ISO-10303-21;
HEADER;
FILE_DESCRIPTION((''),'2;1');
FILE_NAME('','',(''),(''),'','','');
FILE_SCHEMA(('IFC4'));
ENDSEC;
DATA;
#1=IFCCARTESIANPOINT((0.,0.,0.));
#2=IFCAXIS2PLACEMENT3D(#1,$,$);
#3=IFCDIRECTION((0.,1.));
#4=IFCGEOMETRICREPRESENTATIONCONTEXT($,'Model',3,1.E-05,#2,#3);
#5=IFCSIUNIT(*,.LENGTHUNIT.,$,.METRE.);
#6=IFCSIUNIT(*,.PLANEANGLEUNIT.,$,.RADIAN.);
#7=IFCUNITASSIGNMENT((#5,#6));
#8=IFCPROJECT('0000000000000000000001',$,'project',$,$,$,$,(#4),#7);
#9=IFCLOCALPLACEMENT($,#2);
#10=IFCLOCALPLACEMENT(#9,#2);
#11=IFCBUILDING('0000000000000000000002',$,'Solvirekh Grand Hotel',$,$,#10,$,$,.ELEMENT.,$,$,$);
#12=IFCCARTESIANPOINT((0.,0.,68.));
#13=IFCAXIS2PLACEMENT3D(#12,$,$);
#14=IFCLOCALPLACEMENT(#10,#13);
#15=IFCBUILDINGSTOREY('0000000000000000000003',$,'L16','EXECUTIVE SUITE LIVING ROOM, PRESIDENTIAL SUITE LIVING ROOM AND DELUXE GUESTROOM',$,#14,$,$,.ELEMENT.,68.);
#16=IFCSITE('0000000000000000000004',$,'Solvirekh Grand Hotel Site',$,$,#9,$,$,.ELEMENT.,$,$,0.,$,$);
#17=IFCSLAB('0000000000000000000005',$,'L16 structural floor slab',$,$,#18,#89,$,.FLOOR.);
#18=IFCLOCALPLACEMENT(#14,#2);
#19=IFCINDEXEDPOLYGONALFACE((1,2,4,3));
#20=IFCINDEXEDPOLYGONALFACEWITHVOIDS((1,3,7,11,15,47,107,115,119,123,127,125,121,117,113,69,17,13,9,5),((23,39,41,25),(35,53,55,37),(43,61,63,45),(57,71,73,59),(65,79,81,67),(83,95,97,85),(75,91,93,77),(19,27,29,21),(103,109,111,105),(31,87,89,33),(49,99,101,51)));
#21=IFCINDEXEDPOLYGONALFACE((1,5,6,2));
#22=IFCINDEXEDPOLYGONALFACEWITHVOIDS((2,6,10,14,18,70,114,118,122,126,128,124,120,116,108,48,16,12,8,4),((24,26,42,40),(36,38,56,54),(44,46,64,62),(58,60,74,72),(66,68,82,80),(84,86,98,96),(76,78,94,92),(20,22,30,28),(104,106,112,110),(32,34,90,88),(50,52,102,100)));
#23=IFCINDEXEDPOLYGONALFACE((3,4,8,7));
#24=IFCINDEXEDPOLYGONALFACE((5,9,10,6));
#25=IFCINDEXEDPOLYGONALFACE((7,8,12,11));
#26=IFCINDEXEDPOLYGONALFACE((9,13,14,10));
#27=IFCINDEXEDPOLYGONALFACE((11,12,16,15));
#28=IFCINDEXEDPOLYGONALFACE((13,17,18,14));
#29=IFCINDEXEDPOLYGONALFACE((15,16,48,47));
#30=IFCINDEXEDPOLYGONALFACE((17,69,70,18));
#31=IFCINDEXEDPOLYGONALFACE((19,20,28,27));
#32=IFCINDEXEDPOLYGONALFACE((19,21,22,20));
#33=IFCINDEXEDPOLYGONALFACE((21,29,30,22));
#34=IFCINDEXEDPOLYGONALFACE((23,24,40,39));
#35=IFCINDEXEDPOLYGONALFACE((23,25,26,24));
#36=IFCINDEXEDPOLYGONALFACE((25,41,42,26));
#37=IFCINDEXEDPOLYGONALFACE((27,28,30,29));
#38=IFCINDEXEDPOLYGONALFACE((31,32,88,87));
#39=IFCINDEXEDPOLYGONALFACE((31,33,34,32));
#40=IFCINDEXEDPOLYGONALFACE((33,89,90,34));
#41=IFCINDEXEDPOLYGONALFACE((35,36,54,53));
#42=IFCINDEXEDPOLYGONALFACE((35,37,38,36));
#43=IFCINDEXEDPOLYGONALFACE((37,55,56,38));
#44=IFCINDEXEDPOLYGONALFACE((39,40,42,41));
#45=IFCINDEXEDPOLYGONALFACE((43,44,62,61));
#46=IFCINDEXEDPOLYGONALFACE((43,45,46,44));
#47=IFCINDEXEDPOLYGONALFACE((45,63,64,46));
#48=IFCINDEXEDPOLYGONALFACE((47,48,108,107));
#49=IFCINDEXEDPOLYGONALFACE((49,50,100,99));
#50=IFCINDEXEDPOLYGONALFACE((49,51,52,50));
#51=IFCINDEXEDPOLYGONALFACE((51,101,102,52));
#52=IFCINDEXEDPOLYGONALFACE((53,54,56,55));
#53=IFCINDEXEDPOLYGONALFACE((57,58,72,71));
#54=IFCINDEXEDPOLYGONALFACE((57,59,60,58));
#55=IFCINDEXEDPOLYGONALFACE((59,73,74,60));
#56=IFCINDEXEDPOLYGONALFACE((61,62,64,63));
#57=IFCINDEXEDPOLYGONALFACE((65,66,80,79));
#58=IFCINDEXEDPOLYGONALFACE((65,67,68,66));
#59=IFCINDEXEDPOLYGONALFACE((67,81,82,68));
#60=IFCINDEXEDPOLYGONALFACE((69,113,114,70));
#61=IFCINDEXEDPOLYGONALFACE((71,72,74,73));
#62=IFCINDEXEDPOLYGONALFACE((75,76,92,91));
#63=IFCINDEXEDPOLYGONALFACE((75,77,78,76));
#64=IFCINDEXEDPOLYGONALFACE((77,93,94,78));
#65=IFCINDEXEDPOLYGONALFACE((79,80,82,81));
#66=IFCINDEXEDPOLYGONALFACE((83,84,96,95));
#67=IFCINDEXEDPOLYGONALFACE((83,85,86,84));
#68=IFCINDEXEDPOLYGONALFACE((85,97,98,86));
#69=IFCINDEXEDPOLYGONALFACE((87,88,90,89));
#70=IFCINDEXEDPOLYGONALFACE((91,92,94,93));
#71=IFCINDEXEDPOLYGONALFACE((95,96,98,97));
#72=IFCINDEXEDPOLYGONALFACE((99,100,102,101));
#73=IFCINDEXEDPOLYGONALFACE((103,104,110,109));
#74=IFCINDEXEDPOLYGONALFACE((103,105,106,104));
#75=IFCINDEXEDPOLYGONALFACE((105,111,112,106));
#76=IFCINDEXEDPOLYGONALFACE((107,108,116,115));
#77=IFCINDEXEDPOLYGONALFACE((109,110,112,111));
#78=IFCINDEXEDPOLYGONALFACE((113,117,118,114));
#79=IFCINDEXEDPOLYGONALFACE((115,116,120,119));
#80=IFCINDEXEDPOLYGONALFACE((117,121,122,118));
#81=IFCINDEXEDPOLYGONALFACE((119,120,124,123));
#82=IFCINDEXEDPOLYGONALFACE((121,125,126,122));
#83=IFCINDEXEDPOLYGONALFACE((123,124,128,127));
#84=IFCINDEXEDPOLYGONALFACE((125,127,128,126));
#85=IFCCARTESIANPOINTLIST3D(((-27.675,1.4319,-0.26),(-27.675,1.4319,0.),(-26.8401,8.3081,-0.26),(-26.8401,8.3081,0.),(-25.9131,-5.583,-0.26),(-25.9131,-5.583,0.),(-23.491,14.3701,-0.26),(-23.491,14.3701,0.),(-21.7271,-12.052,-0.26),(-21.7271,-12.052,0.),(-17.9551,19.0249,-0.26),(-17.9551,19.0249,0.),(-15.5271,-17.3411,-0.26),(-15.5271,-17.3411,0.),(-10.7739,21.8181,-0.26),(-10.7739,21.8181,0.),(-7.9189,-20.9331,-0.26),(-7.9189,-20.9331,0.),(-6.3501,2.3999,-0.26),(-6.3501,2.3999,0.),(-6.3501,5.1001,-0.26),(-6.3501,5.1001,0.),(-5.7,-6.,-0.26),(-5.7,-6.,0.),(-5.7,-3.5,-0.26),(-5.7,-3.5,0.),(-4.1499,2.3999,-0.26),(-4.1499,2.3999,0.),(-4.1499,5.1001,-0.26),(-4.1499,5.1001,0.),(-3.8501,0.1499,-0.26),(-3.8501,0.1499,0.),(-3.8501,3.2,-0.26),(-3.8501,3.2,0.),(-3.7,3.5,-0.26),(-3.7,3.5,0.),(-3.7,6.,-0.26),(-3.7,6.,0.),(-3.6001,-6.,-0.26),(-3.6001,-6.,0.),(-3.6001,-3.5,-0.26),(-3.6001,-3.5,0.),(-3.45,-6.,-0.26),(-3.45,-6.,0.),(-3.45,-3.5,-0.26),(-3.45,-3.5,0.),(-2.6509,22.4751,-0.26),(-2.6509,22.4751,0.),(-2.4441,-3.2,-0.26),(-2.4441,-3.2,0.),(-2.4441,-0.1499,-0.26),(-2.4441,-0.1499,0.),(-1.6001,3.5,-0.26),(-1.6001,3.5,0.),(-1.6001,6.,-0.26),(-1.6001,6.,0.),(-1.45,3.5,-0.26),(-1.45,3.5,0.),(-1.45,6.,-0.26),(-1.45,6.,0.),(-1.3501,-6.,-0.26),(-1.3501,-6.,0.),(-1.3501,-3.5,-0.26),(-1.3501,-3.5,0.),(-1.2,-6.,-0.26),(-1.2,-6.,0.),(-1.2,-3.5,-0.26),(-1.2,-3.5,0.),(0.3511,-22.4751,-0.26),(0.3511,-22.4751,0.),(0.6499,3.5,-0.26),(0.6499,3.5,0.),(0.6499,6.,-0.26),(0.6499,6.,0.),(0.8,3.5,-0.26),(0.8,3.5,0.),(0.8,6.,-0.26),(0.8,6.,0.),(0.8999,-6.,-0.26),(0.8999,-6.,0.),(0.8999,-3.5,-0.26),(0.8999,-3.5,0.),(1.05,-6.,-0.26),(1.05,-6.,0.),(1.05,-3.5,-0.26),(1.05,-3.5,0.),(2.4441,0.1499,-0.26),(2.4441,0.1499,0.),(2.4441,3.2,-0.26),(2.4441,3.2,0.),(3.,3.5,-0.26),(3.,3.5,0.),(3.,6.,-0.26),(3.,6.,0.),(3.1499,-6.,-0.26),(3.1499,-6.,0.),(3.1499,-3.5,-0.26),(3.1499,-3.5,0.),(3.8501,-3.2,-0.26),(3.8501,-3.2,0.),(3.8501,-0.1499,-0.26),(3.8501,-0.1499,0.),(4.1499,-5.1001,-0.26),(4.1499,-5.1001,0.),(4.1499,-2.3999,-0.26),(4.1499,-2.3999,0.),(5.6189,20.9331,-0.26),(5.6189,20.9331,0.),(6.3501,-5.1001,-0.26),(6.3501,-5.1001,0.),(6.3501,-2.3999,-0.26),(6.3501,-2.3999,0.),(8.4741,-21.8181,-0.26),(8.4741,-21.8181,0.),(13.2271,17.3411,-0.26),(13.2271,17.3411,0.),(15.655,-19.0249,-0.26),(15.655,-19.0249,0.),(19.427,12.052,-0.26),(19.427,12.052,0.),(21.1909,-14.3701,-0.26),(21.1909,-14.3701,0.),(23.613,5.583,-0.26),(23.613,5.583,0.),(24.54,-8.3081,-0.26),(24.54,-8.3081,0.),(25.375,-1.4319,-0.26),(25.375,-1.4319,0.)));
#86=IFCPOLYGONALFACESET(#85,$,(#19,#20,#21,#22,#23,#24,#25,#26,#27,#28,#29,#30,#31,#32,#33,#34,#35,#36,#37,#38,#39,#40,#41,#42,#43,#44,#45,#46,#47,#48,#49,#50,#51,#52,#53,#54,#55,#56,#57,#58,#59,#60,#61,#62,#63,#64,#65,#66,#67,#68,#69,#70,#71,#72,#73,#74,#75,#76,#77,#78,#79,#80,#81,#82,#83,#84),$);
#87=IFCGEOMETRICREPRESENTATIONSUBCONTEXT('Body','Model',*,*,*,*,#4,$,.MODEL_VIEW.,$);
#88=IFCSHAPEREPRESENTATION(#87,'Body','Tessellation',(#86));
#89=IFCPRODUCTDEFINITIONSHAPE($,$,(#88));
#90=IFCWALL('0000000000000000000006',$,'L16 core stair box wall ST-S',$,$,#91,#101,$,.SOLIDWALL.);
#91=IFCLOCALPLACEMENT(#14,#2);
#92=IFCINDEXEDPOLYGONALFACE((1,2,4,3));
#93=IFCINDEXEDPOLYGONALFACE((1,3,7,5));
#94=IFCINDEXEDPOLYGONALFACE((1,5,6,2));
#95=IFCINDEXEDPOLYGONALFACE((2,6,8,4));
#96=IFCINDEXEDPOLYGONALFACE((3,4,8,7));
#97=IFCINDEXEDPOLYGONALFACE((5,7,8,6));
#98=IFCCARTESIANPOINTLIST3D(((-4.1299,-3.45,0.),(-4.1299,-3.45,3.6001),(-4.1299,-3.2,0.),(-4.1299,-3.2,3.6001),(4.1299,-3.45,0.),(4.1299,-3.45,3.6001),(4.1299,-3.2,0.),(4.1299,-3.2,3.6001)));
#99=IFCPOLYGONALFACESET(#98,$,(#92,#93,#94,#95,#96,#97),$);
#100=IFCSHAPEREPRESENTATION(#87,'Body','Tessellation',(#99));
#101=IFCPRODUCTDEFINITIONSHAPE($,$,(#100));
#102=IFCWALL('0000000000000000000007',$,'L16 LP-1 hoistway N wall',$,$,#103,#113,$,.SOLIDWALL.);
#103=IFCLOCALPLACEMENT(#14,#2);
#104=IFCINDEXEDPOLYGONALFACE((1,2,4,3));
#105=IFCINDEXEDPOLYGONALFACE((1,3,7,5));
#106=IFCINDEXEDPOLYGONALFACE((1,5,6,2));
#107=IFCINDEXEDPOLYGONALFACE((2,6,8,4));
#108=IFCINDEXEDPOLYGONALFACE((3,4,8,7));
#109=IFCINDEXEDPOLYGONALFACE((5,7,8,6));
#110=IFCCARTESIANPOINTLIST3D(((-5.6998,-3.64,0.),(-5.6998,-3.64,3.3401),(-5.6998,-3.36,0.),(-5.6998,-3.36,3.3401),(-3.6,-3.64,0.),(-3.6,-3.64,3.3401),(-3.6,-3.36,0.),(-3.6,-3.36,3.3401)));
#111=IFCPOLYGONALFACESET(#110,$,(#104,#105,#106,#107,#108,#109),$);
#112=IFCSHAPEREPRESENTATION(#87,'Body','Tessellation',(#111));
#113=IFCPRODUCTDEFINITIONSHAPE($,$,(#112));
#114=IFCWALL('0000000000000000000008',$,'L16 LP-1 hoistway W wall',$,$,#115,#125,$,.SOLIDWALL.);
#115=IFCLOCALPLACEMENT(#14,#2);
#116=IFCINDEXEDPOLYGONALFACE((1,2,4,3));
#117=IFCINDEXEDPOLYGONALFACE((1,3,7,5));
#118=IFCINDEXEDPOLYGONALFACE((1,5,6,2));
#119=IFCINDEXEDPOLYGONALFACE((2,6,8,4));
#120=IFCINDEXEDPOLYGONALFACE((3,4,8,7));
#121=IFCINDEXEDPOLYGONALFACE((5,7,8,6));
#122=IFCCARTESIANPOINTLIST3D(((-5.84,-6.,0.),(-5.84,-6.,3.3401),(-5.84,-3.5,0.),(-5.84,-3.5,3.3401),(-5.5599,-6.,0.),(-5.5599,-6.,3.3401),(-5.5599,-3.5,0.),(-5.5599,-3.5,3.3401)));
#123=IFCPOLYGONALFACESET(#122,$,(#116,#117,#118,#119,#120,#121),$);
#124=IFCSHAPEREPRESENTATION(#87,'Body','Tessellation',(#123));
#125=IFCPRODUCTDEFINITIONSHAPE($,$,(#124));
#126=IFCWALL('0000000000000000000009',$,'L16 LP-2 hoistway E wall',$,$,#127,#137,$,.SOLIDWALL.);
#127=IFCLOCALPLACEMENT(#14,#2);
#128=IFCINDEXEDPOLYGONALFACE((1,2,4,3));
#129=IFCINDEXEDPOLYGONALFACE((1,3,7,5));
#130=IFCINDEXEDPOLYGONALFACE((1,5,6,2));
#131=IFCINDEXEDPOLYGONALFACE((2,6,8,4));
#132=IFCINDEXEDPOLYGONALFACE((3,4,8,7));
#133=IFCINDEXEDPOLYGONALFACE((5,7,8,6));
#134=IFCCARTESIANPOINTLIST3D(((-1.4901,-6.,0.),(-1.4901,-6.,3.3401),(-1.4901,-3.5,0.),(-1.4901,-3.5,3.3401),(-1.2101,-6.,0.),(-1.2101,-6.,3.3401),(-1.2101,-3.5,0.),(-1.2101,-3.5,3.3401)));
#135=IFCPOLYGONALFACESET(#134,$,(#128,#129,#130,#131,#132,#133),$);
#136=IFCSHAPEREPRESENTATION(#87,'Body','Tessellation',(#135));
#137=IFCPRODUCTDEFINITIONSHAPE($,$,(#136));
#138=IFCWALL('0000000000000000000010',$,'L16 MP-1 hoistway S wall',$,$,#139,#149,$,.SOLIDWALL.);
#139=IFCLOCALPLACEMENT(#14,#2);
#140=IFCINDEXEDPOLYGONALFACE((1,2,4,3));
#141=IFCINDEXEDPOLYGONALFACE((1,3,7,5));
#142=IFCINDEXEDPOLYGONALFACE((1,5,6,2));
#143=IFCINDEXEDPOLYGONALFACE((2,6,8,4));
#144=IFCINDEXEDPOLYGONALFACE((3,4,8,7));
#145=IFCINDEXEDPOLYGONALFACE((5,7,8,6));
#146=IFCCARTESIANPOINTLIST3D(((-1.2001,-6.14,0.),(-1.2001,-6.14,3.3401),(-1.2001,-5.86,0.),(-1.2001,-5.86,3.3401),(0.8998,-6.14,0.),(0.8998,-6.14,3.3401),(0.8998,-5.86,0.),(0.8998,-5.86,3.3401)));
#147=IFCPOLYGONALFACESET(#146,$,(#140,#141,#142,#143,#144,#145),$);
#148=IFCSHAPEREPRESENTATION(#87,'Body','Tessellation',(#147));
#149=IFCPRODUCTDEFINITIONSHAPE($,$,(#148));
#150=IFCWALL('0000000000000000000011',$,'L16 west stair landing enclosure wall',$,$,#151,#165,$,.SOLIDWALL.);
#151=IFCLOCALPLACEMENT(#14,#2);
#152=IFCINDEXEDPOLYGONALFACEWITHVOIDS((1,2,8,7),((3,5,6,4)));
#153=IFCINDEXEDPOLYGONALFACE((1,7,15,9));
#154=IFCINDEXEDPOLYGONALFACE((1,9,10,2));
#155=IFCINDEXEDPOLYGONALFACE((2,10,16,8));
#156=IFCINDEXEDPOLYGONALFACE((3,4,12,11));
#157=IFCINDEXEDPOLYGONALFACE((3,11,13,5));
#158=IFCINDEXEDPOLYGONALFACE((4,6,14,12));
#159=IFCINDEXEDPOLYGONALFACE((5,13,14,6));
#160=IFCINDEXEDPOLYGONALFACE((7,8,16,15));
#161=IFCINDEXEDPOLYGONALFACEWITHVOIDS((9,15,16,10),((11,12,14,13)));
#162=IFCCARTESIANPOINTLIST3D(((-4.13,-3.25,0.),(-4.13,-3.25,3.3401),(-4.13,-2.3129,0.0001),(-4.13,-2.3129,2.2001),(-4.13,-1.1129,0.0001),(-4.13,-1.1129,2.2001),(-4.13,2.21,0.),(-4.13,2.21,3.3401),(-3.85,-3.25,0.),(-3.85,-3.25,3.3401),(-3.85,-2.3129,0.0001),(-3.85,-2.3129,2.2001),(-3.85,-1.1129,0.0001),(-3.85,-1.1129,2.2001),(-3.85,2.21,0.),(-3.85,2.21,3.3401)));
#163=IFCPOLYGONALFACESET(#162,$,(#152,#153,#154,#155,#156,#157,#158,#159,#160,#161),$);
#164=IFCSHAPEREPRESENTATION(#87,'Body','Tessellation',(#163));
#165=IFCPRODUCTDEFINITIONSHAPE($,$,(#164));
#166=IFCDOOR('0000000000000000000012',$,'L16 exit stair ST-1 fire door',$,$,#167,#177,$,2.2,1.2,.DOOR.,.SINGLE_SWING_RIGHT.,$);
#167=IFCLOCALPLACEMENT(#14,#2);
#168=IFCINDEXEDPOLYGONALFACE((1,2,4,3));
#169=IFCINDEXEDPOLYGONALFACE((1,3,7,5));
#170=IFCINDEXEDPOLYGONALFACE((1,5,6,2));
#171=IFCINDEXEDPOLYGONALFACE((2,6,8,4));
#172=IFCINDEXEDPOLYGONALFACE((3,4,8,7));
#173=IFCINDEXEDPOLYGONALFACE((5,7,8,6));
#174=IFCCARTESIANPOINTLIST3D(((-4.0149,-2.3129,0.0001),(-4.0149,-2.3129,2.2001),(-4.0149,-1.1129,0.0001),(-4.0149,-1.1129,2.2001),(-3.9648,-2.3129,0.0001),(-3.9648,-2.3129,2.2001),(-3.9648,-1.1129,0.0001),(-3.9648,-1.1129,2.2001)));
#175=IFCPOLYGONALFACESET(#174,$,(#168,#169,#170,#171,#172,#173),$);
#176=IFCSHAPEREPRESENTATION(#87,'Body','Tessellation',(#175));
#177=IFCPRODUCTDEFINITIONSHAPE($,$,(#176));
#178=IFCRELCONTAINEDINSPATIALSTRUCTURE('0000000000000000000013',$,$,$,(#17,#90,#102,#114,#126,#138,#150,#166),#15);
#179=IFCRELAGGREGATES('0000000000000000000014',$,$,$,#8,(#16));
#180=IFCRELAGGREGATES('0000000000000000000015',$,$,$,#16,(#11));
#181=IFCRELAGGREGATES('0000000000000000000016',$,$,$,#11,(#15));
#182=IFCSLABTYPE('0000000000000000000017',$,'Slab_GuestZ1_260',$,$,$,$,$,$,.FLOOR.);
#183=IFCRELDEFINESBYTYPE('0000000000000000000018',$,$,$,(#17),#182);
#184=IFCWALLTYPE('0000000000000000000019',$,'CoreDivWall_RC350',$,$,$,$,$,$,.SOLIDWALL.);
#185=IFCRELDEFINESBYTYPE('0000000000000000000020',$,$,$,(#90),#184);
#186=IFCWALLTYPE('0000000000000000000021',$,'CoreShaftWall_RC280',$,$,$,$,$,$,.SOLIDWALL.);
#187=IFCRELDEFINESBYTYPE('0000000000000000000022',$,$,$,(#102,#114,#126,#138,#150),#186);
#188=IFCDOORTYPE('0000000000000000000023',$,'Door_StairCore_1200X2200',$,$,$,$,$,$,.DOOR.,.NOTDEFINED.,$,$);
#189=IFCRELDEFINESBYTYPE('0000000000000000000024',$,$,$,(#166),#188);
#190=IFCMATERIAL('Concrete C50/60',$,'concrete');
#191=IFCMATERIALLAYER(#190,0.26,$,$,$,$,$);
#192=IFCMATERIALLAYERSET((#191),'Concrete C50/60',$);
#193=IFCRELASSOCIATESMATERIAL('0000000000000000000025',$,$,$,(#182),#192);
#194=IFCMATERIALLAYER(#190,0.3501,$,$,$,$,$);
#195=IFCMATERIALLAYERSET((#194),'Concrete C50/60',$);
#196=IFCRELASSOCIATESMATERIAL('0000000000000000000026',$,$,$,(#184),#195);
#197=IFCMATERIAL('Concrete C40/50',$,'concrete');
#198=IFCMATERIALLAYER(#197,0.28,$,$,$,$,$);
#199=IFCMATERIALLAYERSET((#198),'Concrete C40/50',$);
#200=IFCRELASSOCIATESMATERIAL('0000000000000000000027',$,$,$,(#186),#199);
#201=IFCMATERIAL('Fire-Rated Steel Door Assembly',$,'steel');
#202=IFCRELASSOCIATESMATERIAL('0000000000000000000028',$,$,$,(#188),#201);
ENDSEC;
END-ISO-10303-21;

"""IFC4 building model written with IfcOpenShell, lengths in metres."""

from ifc_helpers import new_model, si_unit, direction, frame, frame_2d, origin, place, context, subcontext, project, spatial, polyline, rectangle, outline, extrude, material, layer, layer_set, type_object, element, fill, save


model = new_model("IFC4")

# Units and contexts
model_context = context("Model", 3, precision=1e-05, world=origin(), true_north=direction((0.0, 1.0)))
body_context = subcontext(model_context, "Body", "Model", "MODEL_VIEW")
ifc_project = project(units=[si_unit("LENGTHUNIT", "METRE"), si_unit("PLANEANGLEUNIT", "RADIAN")], contexts=[model_context])

# Site, building, storey
site_placement = place(None, origin())
site = spatial("IfcSite", under=ifc_project, at=site_placement, Name="Solvirekh Grand Hotel Site", CompositionType="ELEMENT", RefElevation=0.0)
building_placement = place(site_placement, origin())
building = spatial("IfcBuilding", under=site, at=building_placement, Name="Solvirekh Grand Hotel", CompositionType="ELEMENT")
storey_placement = place(building_placement, frame((0.0, 0.0, 68.0)))
storey = spatial("IfcBuildingStorey", under=building, at=storey_placement, Name="L16", Description="EXECUTIVE SUITE LIVING ROOM, PRESIDENTIAL SUITE LIVING ROOM AND DELUXE GUESTROOM", CompositionType="ELEMENT", Elevation=68.0)

# Slab
ifc_material_1 = material(Name="Concrete C50/60", Category="concrete")
ifc_layer_1 = layer(ifc_material_1, 0.26)
ifc_layer_set_1 = layer_set([ifc_layer_1], Name="Concrete C50/60")
slab_type = type_object("IfcSlabType", Name="Slab_GuestZ1_260", PredefinedType="FLOOR", material=ifc_layer_set_1)
slab_placement = place(storey_placement, frame((0.0, 0.0, -0.26)))
element("IfcSlab", 1, at=slab_placement, inside=storey, type_object=slab_type, Name="L16 structural floor slab", PredefinedType="FLOOR", context=body_context, shape_type="SweptSolid", body=[
    extrude(outline(polyline([(24.54, -8.3081), (25.375, -1.4319), (23.613, 5.583), (19.427, 12.052), (13.2271, 17.3411), (5.6189, 20.9331), (-2.6509, 22.4751), (-10.7739, 21.8181), (-17.9551, 19.0249), (-23.491, 14.3701), (-26.8401, 8.3081), (-27.675, 1.4319), (-25.9131, -5.583), (-21.7271, -12.052), (-15.5271, -17.3411), (-7.9189, -20.9331), (0.3511, -22.4751), (8.4741, -21.8181), (15.655, -19.0249), (21.1909, -14.3701), (24.54, -8.3081)]), holes=[polyline([(-2.4441, -0.1499), (3.8501, -0.1499), (3.8501, -3.2), (-2.4441, -3.2), (-2.4441, -0.1499)]), polyline([(2.4441, 0.1499), (-3.8501, 0.1499), (-3.8501, 3.2), (2.4441, 3.2), (2.4441, 0.1499)]), polyline([(-5.7, -3.5), (-3.6001, -3.5), (-3.6001, -6.0), (-5.7, -6.0), (-5.7, -3.5)]), polyline([(-3.45, -3.5), (-1.3501, -3.5), (-1.3501, -6.0), (-3.45, -6.0), (-3.45, -3.5)]), polyline([(-1.2, -3.5), (0.8999, -3.5), (0.8999, -6.0), (-1.2, -6.0), (-1.2, -3.5)]), polyline([(1.05, -3.5), (3.1499, -3.5), (3.1499, -6.0), (1.05, -6.0), (1.05, -3.5)]), polyline([(-3.7, 6.0), (-1.6001, 6.0), (-1.6001, 3.5), (-3.7, 3.5), (-3.7, 6.0)]), polyline([(-1.45, 6.0), (0.6499, 6.0), (0.6499, 3.5), (-1.45, 3.5), (-1.45, 6.0)]), polyline([(0.8, 6.0), (3.0, 6.0), (3.0, 3.5), (0.8, 3.5), (0.8, 6.0)]), polyline([(-6.3501, 5.1001), (-4.1499, 5.1001), (-4.1499, 2.3999), (-6.3501, 2.3999), (-6.3501, 5.1001)]), polyline([(4.1499, -2.3999), (6.3501, -2.3999), (6.3501, -5.1001), (4.1499, -5.1001), (4.1499, -2.3999)])]), origin(), (0.0, 0.0, 1.0), 0.26),
])

# Walls
ifc_layer_2 = layer(ifc_material_1, 0.3501)
ifc_layer_set_2 = layer_set([ifc_layer_2], Name="Concrete C50/60")
wall_type_1 = type_object("IfcWallType", Name="CoreDivWall_RC350", PredefinedType="SOLIDWALL", material=ifc_layer_set_2)
wall_1_placement = place(storey_placement, frame((-4.1299, -3.325, 0.0), z_axis=(0.0, 0.0, 1.0), x_axis=(1.0, 0.0, 0.0)))
element("IfcWall", 2, at=wall_1_placement, inside=storey, type_object=wall_type_1, Name="L16 core stair box wall ST-S", PredefinedType="SOLIDWALL", context=body_context, shape_type="SweptSolid", body=[
    extrude(rectangle(XDim=8.2598, YDim=0.25, at=frame_2d((4.1299, 0.0))), origin(), (0.0, 0.0, 1.0), 3.6001),
])
ifc_material_2 = material(Name="Concrete C40/50", Category="concrete")
ifc_layer_3 = layer(ifc_material_2, 0.28)
ifc_layer_set_3 = layer_set([ifc_layer_3], Name="Concrete C40/50")
wall_type_2 = type_object("IfcWallType", Name="CoreShaftWall_RC280", PredefinedType="SOLIDWALL", material=ifc_layer_set_3)
wall_2_placement = place(storey_placement, frame((-3.6001, -3.5, 0.0), z_axis=(0.0, 0.0, 1.0), x_axis=(-1.0, 0.0, 0.0)))
element("IfcWall", 3, at=wall_2_placement, inside=storey, type_object=wall_type_2, Name="L16 LP-1 hoistway N wall", PredefinedType="SOLIDWALL", context=body_context, shape_type="SweptSolid", body=[
    extrude(rectangle(XDim=2.0999, YDim=0.28, at=frame_2d((1.0498, 0.0))), origin(), (0.0, 0.0, 1.0), 3.3401),
])
for number, where, z_axis, x_axis, name in (
    (4, (-5.7, -3.5, 0.0), (0.0, 0.0, 1.0), (0.0, -1.0, 0.0), "L16 LP-1 hoistway W wall"),
    (5, (-1.3501, -6.0, 0.0), (0.0, 0.0, 1.0), (0.0, 1.0, 0.0), "L16 LP-2 hoistway E wall"),
):
    element("IfcWall", number, at=place(storey_placement, frame(where, z_axis=z_axis, x_axis=x_axis)), inside=storey, type_object=wall_type_2, Name=name, PredefinedType="SOLIDWALL", context=body_context, shape_type="SweptSolid", body=[
        extrude(rectangle(XDim=2.5, YDim=0.28, at=frame_2d((1.25, 0.0))), origin(), (0.0, 0.0, 1.0), 3.3401),
    ])
wall_3_placement = place(storey_placement, frame((-1.2, -6.0, 0.0), z_axis=(0.0, 0.0, 1.0), x_axis=(1.0, 0.0, 0.0)))
element("IfcWall", 6, at=wall_3_placement, inside=storey, type_object=wall_type_2, Name="L16 MP-1 hoistway S wall", PredefinedType="SOLIDWALL", context=body_context, shape_type="SweptSolid", body=[
    extrude(rectangle(XDim=2.0999, YDim=0.28, at=frame_2d((1.0498, 0.0))), origin(), (0.0, 0.0, 1.0), 3.3401),
])

# Wall, opening, door
wall_4_placement = place(storey_placement, frame((-3.99, -3.25, 0.0), z_axis=(0.0, 0.0, 1.0), x_axis=(0.0, 1.0, 0.0)))
wall_4 = element("IfcWall", 7, at=wall_4_placement, inside=storey, type_object=wall_type_2, Name="L16 west stair landing enclosure wall", PredefinedType="SOLIDWALL", context=body_context, shape_type="SweptSolid", body=[
    extrude(rectangle(XDim=5.46, YDim=0.28, at=frame_2d((2.73, 0.0))), origin(), (0.0, 0.0, 1.0), 3.3401),
])
opening_1_placement = place(wall_4_placement, frame((0.937, 0.0, 0.0)))
opening_1 = element("IfcOpeningElement", 8, at=opening_1_placement, cuts=wall_4, PredefinedType="OPENING", context=body_context, shape_type="SweptSolid", body=[
    extrude(rectangle(XDim=1.2, YDim=2.2, at=frame_2d((0.6001, 1.1001))), frame((0.0, 0.1499, 0.0), z_axis=(0.0, -1.0, 0.0), x_axis=(1.0, 0.0, 0.0)), (0.0, 0.0, 1.0), 0.3),
])
ifc_material_3 = material(Name="Fire-Rated Steel Door Assembly", Category="steel")
door_type_1 = type_object("IfcDoorType", Name="Door_StairCore_1200X2200", OperationType="NOTDEFINED", PredefinedType="DOOR", material=ifc_material_3)
door_1_placement = place(opening_1_placement, origin())
door_1 = element("IfcDoor", 9, at=door_1_placement, inside=storey, type_object=door_type_1, Name="L16 exit stair ST-1 fire door", OperationType="SINGLE_SWING_RIGHT", OverallHeight=2.2, OverallWidth=1.2, PredefinedType="DOOR", context=body_context, shape_type="SweptSolid", body=[
    extrude(rectangle(XDim=1.2, YDim=2.2, at=frame_2d((0.6001, 1.1001))), frame((0.0, 0.0249, 0.0), z_axis=(0.0, -1.0, 0.0), x_axis=(1.0, 0.0, 0.0)), (0.0, 0.0, 1.0), 0.05),
])
fill(opening_1, door_1)

save(model, "model.ifc")
